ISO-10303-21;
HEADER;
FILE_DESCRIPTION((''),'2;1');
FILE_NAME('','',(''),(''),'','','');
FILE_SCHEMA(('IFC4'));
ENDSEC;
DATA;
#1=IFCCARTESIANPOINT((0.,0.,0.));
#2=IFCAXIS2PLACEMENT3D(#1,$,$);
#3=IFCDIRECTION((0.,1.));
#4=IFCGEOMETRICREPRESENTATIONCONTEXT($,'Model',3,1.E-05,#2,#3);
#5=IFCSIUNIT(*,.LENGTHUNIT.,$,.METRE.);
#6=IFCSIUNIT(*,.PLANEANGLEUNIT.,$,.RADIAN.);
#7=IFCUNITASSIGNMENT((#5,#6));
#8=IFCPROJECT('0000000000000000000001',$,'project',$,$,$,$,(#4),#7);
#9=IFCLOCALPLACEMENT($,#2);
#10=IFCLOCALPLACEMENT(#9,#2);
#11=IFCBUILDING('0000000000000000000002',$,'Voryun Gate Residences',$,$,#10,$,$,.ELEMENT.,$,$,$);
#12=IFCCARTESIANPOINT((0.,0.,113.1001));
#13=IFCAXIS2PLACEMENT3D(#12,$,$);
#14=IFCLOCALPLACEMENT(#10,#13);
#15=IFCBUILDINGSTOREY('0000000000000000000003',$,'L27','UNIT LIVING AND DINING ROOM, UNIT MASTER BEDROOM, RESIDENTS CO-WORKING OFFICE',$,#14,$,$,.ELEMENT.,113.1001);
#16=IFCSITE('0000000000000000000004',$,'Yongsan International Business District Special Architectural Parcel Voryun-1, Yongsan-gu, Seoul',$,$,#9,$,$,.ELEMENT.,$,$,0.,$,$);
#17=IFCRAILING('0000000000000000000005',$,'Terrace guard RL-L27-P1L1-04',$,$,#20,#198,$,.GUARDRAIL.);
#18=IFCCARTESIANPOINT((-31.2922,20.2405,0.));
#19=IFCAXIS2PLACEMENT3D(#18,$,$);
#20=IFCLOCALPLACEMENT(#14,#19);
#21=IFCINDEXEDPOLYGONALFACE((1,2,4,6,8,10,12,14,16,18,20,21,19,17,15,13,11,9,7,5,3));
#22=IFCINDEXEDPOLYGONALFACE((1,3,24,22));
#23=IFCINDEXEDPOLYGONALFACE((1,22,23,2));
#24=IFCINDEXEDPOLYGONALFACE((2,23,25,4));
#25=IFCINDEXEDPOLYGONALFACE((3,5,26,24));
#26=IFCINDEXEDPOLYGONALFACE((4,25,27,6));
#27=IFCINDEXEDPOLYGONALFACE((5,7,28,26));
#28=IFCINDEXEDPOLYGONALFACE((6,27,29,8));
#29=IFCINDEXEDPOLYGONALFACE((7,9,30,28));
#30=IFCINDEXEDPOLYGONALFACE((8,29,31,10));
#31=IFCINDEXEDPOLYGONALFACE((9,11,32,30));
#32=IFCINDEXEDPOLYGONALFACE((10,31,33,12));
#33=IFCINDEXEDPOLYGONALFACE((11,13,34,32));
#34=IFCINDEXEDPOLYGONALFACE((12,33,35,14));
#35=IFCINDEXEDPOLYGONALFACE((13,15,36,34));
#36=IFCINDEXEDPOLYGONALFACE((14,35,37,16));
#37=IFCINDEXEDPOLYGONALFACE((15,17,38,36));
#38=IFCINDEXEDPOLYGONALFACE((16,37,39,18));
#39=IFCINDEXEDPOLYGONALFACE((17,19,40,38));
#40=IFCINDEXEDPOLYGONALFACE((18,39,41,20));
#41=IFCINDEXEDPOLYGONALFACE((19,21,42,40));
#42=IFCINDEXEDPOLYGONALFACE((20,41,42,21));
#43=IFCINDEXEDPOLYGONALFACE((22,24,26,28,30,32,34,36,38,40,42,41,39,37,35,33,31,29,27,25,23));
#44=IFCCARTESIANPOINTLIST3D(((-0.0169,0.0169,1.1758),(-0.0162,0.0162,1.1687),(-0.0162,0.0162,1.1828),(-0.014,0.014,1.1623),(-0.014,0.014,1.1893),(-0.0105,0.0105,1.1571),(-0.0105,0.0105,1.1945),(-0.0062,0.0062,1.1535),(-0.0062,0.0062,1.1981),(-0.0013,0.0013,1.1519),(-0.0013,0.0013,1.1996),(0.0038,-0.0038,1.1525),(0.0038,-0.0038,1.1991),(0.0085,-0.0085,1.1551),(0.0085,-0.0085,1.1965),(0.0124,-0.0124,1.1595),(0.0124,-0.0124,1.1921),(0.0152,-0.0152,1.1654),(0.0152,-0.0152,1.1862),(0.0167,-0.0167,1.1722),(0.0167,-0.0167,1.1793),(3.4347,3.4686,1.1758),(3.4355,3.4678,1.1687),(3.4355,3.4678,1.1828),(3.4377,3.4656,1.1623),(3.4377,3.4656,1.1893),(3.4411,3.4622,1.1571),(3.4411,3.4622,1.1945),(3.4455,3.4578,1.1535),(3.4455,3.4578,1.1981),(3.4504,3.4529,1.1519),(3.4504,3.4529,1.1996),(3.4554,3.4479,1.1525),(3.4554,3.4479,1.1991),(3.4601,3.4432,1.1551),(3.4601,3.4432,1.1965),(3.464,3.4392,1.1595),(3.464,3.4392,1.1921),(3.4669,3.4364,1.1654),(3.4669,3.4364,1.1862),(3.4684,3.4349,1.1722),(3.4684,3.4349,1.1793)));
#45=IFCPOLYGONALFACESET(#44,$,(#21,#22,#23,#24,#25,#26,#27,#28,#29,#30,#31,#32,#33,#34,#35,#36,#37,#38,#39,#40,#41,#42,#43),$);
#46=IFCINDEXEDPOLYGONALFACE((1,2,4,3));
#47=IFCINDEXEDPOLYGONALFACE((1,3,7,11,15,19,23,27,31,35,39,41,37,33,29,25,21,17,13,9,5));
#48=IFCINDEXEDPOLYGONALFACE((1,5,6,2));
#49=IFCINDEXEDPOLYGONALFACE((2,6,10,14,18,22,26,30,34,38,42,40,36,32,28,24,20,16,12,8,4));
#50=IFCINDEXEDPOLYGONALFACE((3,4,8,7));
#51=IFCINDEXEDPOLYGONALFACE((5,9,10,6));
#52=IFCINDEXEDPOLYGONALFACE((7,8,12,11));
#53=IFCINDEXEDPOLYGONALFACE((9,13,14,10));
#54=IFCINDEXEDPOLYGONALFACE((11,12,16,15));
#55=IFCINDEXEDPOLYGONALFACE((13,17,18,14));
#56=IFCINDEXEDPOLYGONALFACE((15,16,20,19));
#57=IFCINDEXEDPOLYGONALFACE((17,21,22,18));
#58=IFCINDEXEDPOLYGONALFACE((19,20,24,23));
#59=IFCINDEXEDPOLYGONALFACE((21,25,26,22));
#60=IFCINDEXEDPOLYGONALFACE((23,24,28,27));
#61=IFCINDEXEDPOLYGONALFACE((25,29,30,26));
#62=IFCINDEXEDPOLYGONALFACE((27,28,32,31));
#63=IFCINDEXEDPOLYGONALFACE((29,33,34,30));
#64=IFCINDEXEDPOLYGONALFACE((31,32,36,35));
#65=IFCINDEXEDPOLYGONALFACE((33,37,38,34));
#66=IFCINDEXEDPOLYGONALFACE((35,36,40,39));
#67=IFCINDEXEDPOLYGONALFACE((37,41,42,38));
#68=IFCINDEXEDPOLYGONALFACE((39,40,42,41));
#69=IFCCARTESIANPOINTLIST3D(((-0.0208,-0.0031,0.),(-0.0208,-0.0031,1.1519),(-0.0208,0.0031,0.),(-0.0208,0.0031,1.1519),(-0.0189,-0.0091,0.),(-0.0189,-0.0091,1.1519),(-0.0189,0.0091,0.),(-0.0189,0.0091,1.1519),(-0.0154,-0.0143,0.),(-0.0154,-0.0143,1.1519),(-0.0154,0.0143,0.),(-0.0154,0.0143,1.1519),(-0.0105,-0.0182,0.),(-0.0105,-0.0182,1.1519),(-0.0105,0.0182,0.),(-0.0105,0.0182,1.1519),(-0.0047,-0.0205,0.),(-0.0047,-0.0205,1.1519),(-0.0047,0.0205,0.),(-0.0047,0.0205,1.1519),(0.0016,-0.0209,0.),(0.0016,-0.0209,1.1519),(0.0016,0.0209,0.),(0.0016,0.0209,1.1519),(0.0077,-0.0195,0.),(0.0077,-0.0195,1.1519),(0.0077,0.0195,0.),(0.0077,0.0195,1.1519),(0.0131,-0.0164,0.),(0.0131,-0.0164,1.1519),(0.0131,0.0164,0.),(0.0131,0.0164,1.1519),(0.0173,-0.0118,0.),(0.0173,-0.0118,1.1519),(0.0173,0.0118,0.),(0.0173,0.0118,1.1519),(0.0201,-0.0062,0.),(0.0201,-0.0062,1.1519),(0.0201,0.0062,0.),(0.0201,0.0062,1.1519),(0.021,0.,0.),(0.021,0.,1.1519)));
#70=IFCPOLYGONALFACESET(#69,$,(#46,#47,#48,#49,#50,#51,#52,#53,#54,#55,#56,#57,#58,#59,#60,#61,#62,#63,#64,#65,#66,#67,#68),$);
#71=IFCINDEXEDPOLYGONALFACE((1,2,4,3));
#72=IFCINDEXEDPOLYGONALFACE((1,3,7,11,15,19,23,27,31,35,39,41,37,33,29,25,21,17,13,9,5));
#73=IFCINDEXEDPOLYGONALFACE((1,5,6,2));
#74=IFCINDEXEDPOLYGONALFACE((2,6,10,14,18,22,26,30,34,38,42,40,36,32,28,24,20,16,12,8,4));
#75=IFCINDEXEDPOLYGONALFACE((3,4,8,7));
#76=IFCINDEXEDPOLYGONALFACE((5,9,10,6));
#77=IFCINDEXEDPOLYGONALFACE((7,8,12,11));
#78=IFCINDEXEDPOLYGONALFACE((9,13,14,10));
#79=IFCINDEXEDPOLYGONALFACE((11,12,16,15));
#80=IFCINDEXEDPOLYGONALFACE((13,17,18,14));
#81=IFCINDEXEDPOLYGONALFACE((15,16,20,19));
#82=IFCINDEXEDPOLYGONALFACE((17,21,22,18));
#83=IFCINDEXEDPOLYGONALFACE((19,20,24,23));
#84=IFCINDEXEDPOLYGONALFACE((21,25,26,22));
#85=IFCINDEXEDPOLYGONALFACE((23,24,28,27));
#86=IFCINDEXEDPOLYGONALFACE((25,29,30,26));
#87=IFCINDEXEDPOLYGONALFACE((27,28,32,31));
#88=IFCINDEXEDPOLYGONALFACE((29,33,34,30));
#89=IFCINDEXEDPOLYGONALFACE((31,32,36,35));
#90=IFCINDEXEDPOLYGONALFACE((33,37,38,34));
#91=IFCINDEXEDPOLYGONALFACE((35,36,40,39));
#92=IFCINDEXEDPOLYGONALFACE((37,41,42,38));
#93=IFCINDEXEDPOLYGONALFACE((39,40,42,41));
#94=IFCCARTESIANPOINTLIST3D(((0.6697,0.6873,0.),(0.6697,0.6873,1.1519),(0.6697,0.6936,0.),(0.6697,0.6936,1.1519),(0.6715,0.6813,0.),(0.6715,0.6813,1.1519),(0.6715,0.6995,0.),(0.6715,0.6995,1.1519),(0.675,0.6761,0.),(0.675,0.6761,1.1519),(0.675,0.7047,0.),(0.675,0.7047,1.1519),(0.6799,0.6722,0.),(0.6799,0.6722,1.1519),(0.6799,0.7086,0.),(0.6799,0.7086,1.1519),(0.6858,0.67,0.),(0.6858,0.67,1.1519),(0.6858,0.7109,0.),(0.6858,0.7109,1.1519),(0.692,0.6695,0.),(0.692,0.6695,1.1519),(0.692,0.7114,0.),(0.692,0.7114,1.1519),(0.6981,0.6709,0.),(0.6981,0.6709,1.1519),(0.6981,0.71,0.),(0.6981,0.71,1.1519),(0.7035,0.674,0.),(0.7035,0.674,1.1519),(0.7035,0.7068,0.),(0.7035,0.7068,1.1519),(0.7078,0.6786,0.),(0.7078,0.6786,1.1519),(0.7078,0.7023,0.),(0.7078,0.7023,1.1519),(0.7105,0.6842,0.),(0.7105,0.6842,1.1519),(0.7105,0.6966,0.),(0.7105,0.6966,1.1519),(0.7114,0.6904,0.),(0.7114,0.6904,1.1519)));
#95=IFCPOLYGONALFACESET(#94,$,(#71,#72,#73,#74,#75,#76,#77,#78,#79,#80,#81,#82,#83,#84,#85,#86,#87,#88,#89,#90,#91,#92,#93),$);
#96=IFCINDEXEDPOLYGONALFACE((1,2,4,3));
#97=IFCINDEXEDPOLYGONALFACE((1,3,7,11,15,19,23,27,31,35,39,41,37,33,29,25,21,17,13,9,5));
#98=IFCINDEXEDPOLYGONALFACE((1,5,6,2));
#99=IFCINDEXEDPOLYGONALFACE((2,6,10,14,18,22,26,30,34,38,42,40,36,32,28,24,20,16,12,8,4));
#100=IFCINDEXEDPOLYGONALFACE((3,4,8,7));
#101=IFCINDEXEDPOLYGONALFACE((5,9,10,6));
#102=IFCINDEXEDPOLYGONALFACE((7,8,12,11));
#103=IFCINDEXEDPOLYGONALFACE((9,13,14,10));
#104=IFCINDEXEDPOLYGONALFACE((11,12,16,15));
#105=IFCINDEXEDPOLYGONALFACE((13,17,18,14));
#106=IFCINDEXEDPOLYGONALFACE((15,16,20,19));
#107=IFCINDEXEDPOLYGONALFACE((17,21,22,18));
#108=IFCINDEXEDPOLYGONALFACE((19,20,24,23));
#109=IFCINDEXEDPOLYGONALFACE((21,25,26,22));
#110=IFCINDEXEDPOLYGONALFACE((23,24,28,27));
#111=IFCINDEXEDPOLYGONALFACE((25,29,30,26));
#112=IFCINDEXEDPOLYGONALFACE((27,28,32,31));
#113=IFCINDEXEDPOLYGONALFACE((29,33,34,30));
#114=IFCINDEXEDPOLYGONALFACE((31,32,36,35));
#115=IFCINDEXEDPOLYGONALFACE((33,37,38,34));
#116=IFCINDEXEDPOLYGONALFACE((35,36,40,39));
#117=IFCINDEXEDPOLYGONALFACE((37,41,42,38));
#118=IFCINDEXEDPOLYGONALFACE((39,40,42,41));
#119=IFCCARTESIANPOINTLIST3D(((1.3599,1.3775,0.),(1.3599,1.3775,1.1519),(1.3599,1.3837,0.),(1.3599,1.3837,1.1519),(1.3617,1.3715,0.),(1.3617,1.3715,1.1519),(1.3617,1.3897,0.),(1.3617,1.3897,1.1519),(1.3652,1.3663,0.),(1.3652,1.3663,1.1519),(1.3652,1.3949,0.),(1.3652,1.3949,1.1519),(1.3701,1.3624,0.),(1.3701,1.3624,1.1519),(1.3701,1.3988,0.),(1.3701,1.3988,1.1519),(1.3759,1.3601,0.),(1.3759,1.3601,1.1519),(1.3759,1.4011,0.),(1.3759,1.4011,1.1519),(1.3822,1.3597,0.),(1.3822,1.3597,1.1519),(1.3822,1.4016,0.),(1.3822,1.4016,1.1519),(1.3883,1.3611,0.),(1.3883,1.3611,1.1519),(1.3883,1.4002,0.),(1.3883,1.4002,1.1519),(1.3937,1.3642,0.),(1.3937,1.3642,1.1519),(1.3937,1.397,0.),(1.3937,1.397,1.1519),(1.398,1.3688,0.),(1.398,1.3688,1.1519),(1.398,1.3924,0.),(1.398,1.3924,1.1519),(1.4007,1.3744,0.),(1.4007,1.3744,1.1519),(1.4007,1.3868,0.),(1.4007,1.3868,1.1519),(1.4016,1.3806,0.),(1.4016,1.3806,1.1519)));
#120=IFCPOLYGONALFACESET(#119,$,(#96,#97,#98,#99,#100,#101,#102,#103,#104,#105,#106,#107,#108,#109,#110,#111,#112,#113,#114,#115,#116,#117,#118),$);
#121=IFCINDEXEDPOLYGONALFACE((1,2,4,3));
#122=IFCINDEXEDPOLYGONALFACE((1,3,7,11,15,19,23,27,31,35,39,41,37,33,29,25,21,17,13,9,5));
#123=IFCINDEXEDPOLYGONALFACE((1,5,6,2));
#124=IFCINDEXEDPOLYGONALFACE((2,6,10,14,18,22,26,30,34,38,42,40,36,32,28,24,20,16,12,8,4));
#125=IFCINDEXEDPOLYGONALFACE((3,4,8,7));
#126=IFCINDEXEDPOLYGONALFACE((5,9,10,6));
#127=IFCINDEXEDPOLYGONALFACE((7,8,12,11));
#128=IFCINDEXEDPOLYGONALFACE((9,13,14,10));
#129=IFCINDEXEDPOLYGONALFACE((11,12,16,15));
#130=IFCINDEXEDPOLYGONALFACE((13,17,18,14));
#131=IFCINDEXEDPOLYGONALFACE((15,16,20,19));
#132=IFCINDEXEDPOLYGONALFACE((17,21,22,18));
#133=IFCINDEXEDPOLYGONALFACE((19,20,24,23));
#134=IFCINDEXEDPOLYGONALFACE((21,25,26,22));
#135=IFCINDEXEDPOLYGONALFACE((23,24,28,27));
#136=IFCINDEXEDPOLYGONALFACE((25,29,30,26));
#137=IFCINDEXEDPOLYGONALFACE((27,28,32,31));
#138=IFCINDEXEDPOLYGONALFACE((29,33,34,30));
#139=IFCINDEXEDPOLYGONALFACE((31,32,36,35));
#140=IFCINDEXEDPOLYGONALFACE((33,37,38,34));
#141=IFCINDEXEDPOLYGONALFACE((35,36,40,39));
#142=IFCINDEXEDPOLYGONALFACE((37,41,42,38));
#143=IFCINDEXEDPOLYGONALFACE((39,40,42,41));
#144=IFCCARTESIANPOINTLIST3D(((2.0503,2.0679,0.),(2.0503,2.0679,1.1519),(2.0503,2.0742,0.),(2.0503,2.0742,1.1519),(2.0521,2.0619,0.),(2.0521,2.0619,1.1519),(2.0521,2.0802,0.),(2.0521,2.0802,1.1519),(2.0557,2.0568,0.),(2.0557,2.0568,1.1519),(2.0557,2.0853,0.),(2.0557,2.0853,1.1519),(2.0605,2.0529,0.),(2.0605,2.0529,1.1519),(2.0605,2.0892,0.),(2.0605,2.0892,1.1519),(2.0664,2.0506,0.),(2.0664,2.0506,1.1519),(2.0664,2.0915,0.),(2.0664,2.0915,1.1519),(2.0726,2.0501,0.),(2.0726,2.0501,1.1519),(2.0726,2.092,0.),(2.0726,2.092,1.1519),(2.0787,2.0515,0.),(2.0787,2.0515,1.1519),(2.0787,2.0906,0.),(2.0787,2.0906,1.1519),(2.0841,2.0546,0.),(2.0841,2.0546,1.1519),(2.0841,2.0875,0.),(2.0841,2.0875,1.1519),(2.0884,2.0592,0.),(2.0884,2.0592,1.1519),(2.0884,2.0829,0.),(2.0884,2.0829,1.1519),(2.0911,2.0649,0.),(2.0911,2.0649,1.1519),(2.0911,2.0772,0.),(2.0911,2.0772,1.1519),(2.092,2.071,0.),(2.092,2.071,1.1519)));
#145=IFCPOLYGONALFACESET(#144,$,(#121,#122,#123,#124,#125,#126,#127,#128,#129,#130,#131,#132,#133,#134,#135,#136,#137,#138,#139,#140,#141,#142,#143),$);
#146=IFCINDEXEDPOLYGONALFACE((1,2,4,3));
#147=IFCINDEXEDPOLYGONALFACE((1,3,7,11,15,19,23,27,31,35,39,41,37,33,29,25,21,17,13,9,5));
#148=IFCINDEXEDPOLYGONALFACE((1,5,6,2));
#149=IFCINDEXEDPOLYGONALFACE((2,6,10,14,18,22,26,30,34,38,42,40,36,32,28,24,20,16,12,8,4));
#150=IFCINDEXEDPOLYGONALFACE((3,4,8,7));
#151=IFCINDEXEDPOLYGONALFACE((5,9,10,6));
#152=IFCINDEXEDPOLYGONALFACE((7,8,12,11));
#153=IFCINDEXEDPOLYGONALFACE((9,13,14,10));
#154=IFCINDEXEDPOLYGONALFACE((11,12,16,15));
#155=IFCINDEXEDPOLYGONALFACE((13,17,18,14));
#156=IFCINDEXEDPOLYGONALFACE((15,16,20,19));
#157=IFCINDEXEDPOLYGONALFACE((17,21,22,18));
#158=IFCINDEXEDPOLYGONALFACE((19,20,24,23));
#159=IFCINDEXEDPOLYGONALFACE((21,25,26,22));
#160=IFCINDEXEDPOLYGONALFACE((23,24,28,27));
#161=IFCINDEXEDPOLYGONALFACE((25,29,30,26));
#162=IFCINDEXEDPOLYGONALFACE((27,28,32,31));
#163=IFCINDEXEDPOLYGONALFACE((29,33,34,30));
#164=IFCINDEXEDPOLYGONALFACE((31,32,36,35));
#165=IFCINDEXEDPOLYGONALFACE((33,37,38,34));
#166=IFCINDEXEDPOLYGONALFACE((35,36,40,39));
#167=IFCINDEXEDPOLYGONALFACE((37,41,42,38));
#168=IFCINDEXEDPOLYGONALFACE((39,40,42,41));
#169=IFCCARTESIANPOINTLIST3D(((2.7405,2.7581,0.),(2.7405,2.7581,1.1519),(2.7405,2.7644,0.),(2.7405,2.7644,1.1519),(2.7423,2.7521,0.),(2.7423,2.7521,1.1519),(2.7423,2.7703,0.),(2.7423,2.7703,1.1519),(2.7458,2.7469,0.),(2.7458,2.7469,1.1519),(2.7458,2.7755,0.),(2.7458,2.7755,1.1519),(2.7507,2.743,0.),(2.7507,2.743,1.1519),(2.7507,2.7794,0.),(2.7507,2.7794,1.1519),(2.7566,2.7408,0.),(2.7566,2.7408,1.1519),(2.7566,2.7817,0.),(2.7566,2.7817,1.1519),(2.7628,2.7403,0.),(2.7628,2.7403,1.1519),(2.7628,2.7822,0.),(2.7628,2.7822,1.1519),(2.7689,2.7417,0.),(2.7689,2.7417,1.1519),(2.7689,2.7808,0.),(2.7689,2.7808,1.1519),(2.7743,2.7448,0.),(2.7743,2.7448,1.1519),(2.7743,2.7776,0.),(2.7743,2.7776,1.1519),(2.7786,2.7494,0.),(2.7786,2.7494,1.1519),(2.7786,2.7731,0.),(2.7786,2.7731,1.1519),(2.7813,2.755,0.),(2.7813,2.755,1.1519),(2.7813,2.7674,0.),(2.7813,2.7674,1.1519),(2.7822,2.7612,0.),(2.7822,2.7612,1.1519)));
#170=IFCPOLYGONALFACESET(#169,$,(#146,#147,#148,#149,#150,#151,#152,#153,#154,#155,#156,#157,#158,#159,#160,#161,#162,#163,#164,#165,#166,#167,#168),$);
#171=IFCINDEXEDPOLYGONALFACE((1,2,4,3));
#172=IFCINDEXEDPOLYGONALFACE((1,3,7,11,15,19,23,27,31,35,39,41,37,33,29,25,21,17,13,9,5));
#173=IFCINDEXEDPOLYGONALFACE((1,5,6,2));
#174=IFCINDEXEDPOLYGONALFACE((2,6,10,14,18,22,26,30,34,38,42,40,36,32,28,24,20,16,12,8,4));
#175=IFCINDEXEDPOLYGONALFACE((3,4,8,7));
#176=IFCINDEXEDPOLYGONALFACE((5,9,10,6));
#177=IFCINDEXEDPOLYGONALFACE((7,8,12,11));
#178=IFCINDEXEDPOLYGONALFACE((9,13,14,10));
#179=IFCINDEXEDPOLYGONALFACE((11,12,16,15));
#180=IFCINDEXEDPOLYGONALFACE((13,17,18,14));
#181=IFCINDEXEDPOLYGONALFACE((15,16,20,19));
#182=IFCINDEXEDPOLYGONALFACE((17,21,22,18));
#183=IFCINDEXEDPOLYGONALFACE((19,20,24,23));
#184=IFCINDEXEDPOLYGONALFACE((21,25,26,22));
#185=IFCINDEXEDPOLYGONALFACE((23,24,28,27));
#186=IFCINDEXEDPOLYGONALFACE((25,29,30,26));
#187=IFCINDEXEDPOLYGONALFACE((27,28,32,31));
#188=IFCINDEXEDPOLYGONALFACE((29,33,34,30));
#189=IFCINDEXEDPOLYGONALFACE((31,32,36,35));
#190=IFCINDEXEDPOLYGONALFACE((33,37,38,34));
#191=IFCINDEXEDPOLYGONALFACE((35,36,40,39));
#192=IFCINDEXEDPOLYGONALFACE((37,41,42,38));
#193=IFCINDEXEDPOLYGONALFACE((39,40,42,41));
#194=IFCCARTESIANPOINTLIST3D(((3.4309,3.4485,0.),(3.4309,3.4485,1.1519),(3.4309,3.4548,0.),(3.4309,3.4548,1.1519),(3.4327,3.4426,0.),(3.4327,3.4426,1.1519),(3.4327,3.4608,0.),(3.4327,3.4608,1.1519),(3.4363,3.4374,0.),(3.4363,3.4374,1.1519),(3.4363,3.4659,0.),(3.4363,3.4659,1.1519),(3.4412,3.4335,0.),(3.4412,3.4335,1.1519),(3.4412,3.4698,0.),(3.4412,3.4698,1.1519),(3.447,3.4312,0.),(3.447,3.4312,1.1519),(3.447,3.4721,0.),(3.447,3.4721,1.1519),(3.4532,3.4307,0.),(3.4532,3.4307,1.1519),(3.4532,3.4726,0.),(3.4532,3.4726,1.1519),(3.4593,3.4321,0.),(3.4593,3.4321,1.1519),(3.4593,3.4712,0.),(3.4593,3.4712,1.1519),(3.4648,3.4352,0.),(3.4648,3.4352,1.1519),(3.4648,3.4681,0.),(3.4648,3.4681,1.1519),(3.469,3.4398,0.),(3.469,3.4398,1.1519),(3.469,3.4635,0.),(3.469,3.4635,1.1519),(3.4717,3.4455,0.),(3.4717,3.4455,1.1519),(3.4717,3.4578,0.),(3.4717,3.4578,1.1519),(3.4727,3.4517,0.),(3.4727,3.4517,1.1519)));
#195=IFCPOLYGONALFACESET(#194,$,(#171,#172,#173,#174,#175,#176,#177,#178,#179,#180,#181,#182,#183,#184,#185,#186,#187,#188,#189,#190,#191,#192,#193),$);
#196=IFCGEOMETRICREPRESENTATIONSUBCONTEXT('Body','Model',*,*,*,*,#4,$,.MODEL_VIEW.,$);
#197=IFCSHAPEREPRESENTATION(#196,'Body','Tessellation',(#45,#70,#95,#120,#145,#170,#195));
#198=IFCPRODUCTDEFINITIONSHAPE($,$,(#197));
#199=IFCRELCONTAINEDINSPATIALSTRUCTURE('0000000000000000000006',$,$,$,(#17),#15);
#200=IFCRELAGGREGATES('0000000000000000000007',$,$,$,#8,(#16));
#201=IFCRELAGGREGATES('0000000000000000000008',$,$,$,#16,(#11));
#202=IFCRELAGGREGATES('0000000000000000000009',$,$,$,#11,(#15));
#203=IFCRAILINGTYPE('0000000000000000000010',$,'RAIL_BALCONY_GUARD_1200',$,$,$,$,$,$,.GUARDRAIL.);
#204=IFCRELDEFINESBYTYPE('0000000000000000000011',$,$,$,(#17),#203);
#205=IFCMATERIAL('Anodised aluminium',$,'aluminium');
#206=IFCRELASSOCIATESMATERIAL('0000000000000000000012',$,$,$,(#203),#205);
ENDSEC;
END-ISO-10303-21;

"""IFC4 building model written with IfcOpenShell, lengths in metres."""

from ifc_helpers import new_model, si_unit, direction, frame, origin, origin_2d, place, context, subcontext, project, spatial, circle, extrude, material, type_object, element, save


model = new_model("IFC4")

# Units and contexts
model_context = context("Model", 3, precision=1e-05, world=origin(), true_north=direction((0.0, 1.0)))
body_context = subcontext(model_context, "Body", "Model", "MODEL_VIEW")
ifc_project = project(units=[si_unit("LENGTHUNIT", "METRE"), si_unit("PLANEANGLEUNIT", "RADIAN")], contexts=[model_context])

# Site, building, storey
site_placement = place(None, origin())
site = spatial("IfcSite", under=ifc_project, at=site_placement, Name="Yongsan International Business District Special Architectural Parcel Voryun-1, Yongsan-gu, Seoul", CompositionType="ELEMENT", RefElevation=0.0)
building_placement = place(site_placement, origin())
building = spatial("IfcBuilding", under=site, at=building_placement, Name="Voryun Gate Residences", CompositionType="ELEMENT")
storey_placement = place(building_placement, frame((0.0, 0.0, 113.1001)))
storey = spatial("IfcBuildingStorey", under=building, at=storey_placement, Name="L27", Description="UNIT LIVING AND DINING ROOM, UNIT MASTER BEDROOM, RESIDENTS CO-WORKING OFFICE", CompositionType="ELEMENT", Elevation=113.1001)

# Railing
ifc_material_1 = material(Name="Anodised aluminium", Category="aluminium")
railing_type = type_object("IfcRailingType", Name="RAIL_BALCONY_GUARD_1200", PredefinedType="GUARDRAIL", material=ifc_material_1)
railing_1_placement = place(storey_placement, frame((-31.2922, 20.2405, 0.0)))
element("IfcRailing", 1, at=railing_1_placement, inside=storey, type_object=railing_type, Name="Terrace guard RL-L27-P1L1-04", PredefinedType="GUARDRAIL", context=body_context, shape_type="SweptSolid", body=[
    extrude(circle(Radius=0.0239, at=origin_2d()), frame((0.0, 0.0, 1.1758), z_axis=(0.707107, 0.707107, 0.0), x_axis=(-0.707107, 0.707107, 0.0)), (0.0, 0.0, 1.0), 4.8813),
    extrude(circle(Radius=0.021, at=origin_2d()), origin(), (0.0, 0.0, 1.0), 1.1519),
    extrude(circle(Radius=0.021, at=origin_2d()), frame((0.6904, 0.6904, 0.0)), (0.0, 0.0, 1.0), 1.1519),
    extrude(circle(Radius=0.021, at=origin_2d()), frame((1.3806, 1.3806, 0.0)), (0.0, 0.0, 1.0), 1.1519),
    extrude(circle(Radius=0.021, at=origin_2d()), frame((2.071, 2.071, 0.0)), (0.0, 0.0, 1.0), 1.1519),
    extrude(circle(Radius=0.021, at=origin_2d()), frame((2.7612, 2.7612, 0.0)), (0.0, 0.0, 1.0), 1.1519),
    extrude(circle(Radius=0.021, at=origin_2d()), frame((3.4517, 3.4517, 0.0)), (0.0, 0.0, 1.0), 1.1519),
])

save(model, "model.ifc")
